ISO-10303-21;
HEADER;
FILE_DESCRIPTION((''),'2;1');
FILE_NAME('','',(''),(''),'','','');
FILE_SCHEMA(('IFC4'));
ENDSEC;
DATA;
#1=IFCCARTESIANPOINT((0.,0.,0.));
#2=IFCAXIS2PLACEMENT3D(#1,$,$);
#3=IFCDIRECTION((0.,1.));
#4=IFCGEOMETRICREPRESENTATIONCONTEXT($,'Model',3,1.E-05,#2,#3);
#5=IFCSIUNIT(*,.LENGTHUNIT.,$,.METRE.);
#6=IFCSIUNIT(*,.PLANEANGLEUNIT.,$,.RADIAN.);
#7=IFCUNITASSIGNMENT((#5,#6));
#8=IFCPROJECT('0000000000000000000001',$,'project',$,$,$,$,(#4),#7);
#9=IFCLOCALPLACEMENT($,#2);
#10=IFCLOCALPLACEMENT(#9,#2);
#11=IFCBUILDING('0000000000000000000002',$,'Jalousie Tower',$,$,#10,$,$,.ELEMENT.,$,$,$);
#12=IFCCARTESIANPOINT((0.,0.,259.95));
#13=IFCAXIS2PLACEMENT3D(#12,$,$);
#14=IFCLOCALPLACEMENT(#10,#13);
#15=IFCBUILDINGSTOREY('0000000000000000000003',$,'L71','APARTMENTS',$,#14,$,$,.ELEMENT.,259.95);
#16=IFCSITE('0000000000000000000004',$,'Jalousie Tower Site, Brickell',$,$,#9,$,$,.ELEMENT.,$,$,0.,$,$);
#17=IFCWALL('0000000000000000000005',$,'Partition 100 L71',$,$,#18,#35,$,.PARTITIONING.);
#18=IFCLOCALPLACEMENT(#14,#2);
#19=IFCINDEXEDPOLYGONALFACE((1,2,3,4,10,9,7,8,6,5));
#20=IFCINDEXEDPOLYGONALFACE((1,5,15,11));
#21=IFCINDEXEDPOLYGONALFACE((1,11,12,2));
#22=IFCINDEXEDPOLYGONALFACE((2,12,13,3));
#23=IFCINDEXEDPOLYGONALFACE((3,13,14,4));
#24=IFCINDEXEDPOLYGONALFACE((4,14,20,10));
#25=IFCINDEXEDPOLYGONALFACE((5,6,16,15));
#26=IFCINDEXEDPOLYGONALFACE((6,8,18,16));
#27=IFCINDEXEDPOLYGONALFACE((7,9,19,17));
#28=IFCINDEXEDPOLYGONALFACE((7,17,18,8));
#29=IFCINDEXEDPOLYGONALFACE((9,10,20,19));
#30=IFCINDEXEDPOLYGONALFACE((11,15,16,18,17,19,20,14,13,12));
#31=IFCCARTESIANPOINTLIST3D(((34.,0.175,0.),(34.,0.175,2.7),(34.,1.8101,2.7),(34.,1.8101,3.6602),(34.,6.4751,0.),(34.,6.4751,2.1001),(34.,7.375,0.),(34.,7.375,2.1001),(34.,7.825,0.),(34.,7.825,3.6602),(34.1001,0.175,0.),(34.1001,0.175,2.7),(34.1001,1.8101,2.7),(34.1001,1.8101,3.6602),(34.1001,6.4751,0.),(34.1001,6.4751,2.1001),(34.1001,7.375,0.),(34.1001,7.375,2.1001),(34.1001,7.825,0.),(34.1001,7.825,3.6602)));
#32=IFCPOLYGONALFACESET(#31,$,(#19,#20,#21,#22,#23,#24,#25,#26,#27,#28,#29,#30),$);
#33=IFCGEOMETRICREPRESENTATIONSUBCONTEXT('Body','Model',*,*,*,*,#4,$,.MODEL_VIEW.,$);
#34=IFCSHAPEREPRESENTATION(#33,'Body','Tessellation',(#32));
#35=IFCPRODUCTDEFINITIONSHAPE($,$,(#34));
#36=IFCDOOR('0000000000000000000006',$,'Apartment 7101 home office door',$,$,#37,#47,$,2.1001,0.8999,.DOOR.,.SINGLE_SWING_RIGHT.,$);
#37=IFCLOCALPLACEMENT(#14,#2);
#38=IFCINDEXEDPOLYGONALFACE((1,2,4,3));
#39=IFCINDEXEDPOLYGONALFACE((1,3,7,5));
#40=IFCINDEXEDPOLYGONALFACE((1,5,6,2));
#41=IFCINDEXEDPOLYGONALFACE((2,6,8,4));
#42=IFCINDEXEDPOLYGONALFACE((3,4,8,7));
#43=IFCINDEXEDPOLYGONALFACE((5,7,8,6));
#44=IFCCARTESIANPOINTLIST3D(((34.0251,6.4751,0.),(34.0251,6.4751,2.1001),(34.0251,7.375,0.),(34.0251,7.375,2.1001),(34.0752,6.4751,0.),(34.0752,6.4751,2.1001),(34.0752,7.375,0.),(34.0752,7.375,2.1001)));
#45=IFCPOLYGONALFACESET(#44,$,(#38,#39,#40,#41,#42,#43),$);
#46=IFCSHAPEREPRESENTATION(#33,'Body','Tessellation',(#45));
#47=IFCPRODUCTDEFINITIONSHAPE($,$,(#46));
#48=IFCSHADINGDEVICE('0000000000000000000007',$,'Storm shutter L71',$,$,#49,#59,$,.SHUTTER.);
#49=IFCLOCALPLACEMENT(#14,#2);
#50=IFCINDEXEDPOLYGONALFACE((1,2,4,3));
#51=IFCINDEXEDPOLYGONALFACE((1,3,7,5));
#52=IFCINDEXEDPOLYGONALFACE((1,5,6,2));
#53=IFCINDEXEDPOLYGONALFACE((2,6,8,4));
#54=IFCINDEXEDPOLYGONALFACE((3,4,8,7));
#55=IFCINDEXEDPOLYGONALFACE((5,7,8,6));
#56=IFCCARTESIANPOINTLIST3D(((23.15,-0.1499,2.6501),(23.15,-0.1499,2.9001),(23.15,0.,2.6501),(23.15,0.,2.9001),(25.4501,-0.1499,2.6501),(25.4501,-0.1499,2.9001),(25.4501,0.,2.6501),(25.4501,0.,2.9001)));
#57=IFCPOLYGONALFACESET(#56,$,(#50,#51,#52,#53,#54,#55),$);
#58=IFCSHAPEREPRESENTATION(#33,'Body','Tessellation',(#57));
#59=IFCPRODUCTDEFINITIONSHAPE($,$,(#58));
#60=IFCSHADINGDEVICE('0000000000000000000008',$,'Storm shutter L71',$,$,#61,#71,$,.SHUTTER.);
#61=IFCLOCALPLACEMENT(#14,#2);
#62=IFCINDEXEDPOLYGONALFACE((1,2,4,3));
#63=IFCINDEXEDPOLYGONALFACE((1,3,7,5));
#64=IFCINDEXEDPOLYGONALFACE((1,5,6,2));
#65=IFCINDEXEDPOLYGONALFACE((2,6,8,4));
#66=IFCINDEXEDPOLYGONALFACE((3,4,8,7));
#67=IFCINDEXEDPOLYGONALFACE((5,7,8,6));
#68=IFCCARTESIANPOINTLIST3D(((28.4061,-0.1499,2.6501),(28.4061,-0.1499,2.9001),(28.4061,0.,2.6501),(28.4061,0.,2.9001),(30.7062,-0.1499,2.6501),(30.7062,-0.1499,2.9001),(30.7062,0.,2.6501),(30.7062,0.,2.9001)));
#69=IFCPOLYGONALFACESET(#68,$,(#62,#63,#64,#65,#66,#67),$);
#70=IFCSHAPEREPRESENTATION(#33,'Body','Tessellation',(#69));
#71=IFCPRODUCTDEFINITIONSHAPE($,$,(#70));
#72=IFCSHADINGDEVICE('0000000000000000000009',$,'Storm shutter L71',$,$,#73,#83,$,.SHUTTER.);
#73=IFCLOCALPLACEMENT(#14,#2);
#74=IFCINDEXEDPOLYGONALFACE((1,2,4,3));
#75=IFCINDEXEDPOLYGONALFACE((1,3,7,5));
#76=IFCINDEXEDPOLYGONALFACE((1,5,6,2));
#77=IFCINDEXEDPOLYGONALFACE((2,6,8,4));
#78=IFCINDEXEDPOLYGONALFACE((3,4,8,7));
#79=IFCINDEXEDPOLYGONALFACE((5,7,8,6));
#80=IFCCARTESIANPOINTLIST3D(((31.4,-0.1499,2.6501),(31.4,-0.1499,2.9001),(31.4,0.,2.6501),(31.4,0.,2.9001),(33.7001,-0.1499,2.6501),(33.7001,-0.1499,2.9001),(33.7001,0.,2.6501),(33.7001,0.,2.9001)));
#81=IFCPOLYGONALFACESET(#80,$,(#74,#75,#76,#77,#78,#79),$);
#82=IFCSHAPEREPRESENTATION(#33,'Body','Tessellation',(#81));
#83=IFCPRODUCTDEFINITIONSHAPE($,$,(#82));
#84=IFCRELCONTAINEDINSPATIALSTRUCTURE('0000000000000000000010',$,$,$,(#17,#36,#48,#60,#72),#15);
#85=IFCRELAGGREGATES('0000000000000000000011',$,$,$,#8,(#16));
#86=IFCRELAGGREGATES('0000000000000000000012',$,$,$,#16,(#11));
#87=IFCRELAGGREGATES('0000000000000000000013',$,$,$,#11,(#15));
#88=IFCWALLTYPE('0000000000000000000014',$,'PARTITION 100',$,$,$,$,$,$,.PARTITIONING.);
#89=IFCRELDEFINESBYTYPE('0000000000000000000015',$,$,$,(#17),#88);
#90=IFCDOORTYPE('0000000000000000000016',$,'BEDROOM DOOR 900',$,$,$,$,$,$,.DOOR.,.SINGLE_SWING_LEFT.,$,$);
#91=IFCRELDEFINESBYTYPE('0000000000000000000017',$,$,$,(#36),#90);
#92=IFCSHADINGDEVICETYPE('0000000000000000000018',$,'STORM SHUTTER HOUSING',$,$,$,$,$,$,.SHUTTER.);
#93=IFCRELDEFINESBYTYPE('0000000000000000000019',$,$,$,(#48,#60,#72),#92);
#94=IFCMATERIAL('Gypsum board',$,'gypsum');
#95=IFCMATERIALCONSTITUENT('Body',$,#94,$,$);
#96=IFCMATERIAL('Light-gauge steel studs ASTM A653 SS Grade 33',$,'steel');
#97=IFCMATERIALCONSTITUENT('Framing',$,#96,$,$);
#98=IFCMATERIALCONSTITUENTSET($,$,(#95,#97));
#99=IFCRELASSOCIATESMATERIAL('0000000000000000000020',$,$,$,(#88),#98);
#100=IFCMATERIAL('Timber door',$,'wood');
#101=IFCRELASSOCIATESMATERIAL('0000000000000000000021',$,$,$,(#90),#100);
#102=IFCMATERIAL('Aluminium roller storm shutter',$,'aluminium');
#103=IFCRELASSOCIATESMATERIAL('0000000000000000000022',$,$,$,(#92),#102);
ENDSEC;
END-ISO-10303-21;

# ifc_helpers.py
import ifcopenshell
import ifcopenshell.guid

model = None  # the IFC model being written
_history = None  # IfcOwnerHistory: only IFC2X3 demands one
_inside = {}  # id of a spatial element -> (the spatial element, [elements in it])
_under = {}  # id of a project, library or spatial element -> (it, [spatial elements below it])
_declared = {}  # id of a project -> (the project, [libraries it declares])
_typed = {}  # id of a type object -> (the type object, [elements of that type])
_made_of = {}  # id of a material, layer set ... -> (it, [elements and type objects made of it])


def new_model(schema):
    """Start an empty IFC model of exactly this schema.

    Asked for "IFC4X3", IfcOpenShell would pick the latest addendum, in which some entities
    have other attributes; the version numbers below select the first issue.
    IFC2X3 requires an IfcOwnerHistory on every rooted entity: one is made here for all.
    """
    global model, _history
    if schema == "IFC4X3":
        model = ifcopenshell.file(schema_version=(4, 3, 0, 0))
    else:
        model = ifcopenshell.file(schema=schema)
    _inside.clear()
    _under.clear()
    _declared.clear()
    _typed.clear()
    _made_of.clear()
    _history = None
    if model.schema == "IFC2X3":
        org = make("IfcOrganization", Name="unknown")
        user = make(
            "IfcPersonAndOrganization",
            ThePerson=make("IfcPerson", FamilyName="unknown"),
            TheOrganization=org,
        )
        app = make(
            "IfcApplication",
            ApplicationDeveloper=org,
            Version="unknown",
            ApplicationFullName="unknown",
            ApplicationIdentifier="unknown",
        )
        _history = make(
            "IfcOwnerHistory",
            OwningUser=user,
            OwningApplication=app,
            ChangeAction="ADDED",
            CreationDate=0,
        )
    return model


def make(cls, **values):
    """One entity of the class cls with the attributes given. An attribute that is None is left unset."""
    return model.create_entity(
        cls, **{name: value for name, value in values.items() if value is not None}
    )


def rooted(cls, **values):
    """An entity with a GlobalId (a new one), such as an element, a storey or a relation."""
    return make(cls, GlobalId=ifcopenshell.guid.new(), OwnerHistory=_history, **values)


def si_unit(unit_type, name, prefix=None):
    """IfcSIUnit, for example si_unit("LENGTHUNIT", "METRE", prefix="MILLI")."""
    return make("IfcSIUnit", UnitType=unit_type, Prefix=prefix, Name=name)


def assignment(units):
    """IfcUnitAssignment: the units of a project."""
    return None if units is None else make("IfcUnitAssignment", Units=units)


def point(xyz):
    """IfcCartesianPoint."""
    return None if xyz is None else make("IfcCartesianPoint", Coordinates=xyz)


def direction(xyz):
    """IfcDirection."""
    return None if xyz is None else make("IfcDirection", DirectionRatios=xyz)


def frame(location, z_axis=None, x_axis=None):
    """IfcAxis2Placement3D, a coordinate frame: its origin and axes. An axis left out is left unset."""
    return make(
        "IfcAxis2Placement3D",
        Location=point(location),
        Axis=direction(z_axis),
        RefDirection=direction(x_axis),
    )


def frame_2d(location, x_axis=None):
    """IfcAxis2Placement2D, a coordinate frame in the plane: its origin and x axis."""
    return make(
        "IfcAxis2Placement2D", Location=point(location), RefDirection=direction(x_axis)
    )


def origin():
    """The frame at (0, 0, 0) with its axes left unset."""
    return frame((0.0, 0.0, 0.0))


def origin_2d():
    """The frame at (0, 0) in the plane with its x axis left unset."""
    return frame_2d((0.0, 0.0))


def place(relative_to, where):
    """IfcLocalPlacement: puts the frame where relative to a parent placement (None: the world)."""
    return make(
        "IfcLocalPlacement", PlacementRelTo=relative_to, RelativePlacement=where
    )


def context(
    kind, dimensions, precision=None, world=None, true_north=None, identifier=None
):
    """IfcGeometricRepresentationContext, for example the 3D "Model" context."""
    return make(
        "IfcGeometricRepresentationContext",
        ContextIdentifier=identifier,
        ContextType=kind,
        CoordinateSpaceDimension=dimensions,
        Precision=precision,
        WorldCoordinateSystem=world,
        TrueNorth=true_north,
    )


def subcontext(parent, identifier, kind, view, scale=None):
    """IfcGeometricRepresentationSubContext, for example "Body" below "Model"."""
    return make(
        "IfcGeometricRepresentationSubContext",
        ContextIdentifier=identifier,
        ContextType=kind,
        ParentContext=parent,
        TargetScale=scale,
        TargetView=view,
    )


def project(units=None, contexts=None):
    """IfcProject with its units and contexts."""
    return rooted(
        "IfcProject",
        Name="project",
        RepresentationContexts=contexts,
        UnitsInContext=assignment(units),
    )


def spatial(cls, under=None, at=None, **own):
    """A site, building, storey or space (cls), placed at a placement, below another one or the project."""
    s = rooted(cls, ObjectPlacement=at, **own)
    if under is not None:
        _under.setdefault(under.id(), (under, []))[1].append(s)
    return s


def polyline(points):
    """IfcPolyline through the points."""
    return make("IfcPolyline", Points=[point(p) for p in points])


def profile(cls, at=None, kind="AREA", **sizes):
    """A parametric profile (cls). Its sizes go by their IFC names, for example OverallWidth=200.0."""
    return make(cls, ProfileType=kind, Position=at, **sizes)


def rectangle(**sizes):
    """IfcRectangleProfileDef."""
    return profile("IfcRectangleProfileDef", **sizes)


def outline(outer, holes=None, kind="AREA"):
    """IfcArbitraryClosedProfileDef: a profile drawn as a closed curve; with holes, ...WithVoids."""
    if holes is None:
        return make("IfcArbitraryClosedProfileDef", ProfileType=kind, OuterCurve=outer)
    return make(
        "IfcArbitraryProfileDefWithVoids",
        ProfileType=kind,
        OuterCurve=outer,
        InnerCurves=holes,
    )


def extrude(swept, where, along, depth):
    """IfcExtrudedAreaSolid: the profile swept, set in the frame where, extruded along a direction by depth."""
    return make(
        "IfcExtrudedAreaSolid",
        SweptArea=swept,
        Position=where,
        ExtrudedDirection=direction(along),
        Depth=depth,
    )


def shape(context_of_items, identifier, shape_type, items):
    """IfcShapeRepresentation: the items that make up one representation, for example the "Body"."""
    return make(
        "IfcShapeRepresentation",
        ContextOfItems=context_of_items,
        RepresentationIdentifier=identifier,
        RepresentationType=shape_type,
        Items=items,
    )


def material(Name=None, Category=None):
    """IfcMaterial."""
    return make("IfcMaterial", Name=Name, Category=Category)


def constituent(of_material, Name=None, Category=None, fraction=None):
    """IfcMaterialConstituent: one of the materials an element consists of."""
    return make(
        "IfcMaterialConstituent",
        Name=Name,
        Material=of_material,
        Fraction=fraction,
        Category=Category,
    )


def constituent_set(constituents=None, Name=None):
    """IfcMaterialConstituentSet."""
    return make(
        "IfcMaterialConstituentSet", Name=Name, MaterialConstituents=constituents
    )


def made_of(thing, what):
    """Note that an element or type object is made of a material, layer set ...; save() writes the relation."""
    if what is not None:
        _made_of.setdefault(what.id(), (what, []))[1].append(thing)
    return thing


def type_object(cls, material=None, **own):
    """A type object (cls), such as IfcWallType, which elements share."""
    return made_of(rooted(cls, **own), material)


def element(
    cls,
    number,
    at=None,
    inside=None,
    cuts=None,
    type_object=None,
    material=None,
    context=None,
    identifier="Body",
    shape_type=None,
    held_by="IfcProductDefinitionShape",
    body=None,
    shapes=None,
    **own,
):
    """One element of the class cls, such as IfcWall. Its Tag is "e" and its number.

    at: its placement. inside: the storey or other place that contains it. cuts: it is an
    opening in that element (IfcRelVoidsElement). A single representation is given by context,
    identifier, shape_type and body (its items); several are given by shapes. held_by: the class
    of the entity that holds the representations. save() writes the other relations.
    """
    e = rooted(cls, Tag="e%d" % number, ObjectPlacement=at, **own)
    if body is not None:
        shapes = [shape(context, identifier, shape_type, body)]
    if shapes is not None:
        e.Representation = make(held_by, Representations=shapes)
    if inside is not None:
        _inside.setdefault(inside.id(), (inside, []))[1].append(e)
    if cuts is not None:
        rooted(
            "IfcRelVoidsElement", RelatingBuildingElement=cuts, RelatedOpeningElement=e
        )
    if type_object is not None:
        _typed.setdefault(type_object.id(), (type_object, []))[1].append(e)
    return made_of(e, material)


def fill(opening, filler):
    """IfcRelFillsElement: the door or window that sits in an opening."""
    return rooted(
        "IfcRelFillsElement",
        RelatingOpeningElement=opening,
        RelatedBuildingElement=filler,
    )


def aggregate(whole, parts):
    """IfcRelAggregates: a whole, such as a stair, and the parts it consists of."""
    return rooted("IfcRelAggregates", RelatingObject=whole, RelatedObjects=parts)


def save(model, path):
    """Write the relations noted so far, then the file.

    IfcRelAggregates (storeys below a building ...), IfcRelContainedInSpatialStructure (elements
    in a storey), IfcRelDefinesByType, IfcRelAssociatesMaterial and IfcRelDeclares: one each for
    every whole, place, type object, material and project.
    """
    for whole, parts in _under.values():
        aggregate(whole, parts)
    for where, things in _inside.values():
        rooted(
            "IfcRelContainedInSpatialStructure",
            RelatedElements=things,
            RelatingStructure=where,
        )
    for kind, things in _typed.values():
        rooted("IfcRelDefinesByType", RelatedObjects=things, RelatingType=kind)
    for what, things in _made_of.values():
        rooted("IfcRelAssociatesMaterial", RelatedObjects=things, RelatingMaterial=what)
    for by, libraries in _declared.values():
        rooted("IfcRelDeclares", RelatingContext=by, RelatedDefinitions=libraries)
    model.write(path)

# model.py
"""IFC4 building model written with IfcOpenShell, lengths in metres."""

from ifc_helpers import new_model, si_unit, direction, frame, frame_2d, origin, origin_2d, place, context, subcontext, project, spatial, polyline, rectangle, outline, extrude, material, constituent, constituent_set, type_object, element, fill, save


model = new_model("IFC4")

# Units and contexts
model_context = context("Model", 3, precision=1e-05, world=origin(), true_north=direction((0.0, 1.0)))
body_context = subcontext(model_context, "Body", "Model", "MODEL_VIEW")
ifc_project = project(units=[si_unit("LENGTHUNIT", "METRE"), si_unit("PLANEANGLEUNIT", "RADIAN")], contexts=[model_context])

# Site, building, storey
site_placement = place(None, origin())
site = spatial("IfcSite", under=ifc_project, at=site_placement, Name="Jalousie Tower Site, Brickell", CompositionType="ELEMENT", RefElevation=0.0)
building_placement = place(site_placement, origin())
building = spatial("IfcBuilding", under=site, at=building_placement, Name="Jalousie Tower", CompositionType="ELEMENT")
storey_placement = place(building_placement, frame((0.0, 0.0, 259.95)))
storey = spatial("IfcBuildingStorey", under=building, at=storey_placement, Name="L71", Description="APARTMENTS", CompositionType="ELEMENT", Elevation=259.95)

# Shared definitions
ifc_material_1 = material(Name="Gypsum board", Category="gypsum")
ifc_constituent_1 = constituent(ifc_material_1, Name="Body")
ifc_material_2 = material(Name="Light-gauge steel studs ASTM A653 SS Grade 33", Category="steel")
ifc_constituent_2 = constituent(ifc_material_2, Name="Framing")
ifc_constituent_set = constituent_set(constituents=[ifc_constituent_1, ifc_constituent_2])
wall_type = type_object("IfcWallType", Name="PARTITION 100", PredefinedType="PARTITIONING", material=ifc_constituent_set)
ifc_material_3 = material(Name="Timber door", Category="wood")
door_type_1 = type_object("IfcDoorType", Name="BEDROOM DOOR 900", OperationType="SINGLE_SWING_LEFT", PredefinedType="DOOR", material=ifc_material_3)

# Wall, opening, door
wall_1_placement = place(storey_placement, frame((34.05, 0.175, 0.0), z_axis=(0.0, 0.0, 1.0), x_axis=(0.0, 1.0, 0.0)))
wall_1 = element("IfcWall", 1, at=wall_1_placement, inside=storey, type_object=wall_type, Name="Partition 100 L71", PredefinedType="PARTITIONING", context=body_context, shape_type="SweptSolid", body=[
    extrude(outline(polyline([(0.0, 0.0), (7.6499, 0.0), (7.6499, 3.6602), (1.635, 3.6602), (1.635, 2.7), (0.0, 2.7), (0.0, 3.6602), (0.0, 0.0)])), frame((0.0, 0.05, 0.0), z_axis=(0.0, -1.0, 0.0), x_axis=(1.0, 0.0, 0.0)), (0.0, 0.0, 1.0), 0.1001),
])
opening_1_placement = place(wall_1_placement, frame((6.3, 0.0, 0.0)))
opening_1 = element("IfcOpeningElement", 2, at=opening_1_placement, cuts=wall_1, PredefinedType="OPENING", context=body_context, shape_type="SweptSolid", body=[
    extrude(rectangle(XDim=0.8999, YDim=2.1001, at=frame_2d((0.45, 1.05))), frame((0.0, 0.0601, 0.0), z_axis=(0.0, -1.0, 0.0), x_axis=(1.0, 0.0, 0.0)), (0.0, 0.0, 1.0), 0.1201),
])
door_1_placement = place(opening_1_placement, origin())
door_1 = element("IfcDoor", 3, at=door_1_placement, inside=storey, type_object=door_type_1, Name="Apartment 7101 home office door", OperationType="SINGLE_SWING_RIGHT", OverallHeight=2.1001, OverallWidth=0.8999, PredefinedType="DOOR", context=body_context, shape_type="SweptSolid", body=[
    extrude(rectangle(XDim=0.8999, YDim=2.1001, at=frame_2d((0.45, 1.05))), frame((0.0, 0.0249, 0.0), z_axis=(0.0, -1.0, 0.0), x_axis=(1.0, 0.0, 0.0)), (0.0, 0.0, 1.0), 0.05),
])
fill(opening_1, door_1)

# Shading devices
ifc_material_4 = material(Name="Aluminium roller storm shutter", Category="aluminium")
shading_device_type = type_object("IfcShadingDeviceType", Name="STORM SHUTTER HOUSING", PredefinedType="SHUTTER", material=ifc_material_4)
for number, where, z_axis, x_axis, name in (
    (4, (24.3, -0.075, 2.6501), (0.0, 0.0, 1.0), (1.0, 0.0, 0.0), "Storm shutter L71"),
    (5, (29.5562, -0.075, 2.6501), (0.0, 0.0, 1.0), (1.0, 0.0, 0.0), "Storm shutter L71"),
    (6, (32.55, -0.075, 2.6501), (0.0, 0.0, 1.0), (1.0, 0.0, 0.0), "Storm shutter L71"),
):
    element("IfcShadingDevice", number, at=place(storey_placement, frame(where, z_axis=z_axis, x_axis=x_axis)), inside=storey, type_object=shading_device_type, Name=name, PredefinedType="SHUTTER", context=body_context, shape_type="SweptSolid", body=[
        extrude(rectangle(XDim=2.3, YDim=0.1499, at=origin_2d()), origin(), (0.0, 0.0, 1.0), 0.25),
    ])

save(model, "model.ifc")
